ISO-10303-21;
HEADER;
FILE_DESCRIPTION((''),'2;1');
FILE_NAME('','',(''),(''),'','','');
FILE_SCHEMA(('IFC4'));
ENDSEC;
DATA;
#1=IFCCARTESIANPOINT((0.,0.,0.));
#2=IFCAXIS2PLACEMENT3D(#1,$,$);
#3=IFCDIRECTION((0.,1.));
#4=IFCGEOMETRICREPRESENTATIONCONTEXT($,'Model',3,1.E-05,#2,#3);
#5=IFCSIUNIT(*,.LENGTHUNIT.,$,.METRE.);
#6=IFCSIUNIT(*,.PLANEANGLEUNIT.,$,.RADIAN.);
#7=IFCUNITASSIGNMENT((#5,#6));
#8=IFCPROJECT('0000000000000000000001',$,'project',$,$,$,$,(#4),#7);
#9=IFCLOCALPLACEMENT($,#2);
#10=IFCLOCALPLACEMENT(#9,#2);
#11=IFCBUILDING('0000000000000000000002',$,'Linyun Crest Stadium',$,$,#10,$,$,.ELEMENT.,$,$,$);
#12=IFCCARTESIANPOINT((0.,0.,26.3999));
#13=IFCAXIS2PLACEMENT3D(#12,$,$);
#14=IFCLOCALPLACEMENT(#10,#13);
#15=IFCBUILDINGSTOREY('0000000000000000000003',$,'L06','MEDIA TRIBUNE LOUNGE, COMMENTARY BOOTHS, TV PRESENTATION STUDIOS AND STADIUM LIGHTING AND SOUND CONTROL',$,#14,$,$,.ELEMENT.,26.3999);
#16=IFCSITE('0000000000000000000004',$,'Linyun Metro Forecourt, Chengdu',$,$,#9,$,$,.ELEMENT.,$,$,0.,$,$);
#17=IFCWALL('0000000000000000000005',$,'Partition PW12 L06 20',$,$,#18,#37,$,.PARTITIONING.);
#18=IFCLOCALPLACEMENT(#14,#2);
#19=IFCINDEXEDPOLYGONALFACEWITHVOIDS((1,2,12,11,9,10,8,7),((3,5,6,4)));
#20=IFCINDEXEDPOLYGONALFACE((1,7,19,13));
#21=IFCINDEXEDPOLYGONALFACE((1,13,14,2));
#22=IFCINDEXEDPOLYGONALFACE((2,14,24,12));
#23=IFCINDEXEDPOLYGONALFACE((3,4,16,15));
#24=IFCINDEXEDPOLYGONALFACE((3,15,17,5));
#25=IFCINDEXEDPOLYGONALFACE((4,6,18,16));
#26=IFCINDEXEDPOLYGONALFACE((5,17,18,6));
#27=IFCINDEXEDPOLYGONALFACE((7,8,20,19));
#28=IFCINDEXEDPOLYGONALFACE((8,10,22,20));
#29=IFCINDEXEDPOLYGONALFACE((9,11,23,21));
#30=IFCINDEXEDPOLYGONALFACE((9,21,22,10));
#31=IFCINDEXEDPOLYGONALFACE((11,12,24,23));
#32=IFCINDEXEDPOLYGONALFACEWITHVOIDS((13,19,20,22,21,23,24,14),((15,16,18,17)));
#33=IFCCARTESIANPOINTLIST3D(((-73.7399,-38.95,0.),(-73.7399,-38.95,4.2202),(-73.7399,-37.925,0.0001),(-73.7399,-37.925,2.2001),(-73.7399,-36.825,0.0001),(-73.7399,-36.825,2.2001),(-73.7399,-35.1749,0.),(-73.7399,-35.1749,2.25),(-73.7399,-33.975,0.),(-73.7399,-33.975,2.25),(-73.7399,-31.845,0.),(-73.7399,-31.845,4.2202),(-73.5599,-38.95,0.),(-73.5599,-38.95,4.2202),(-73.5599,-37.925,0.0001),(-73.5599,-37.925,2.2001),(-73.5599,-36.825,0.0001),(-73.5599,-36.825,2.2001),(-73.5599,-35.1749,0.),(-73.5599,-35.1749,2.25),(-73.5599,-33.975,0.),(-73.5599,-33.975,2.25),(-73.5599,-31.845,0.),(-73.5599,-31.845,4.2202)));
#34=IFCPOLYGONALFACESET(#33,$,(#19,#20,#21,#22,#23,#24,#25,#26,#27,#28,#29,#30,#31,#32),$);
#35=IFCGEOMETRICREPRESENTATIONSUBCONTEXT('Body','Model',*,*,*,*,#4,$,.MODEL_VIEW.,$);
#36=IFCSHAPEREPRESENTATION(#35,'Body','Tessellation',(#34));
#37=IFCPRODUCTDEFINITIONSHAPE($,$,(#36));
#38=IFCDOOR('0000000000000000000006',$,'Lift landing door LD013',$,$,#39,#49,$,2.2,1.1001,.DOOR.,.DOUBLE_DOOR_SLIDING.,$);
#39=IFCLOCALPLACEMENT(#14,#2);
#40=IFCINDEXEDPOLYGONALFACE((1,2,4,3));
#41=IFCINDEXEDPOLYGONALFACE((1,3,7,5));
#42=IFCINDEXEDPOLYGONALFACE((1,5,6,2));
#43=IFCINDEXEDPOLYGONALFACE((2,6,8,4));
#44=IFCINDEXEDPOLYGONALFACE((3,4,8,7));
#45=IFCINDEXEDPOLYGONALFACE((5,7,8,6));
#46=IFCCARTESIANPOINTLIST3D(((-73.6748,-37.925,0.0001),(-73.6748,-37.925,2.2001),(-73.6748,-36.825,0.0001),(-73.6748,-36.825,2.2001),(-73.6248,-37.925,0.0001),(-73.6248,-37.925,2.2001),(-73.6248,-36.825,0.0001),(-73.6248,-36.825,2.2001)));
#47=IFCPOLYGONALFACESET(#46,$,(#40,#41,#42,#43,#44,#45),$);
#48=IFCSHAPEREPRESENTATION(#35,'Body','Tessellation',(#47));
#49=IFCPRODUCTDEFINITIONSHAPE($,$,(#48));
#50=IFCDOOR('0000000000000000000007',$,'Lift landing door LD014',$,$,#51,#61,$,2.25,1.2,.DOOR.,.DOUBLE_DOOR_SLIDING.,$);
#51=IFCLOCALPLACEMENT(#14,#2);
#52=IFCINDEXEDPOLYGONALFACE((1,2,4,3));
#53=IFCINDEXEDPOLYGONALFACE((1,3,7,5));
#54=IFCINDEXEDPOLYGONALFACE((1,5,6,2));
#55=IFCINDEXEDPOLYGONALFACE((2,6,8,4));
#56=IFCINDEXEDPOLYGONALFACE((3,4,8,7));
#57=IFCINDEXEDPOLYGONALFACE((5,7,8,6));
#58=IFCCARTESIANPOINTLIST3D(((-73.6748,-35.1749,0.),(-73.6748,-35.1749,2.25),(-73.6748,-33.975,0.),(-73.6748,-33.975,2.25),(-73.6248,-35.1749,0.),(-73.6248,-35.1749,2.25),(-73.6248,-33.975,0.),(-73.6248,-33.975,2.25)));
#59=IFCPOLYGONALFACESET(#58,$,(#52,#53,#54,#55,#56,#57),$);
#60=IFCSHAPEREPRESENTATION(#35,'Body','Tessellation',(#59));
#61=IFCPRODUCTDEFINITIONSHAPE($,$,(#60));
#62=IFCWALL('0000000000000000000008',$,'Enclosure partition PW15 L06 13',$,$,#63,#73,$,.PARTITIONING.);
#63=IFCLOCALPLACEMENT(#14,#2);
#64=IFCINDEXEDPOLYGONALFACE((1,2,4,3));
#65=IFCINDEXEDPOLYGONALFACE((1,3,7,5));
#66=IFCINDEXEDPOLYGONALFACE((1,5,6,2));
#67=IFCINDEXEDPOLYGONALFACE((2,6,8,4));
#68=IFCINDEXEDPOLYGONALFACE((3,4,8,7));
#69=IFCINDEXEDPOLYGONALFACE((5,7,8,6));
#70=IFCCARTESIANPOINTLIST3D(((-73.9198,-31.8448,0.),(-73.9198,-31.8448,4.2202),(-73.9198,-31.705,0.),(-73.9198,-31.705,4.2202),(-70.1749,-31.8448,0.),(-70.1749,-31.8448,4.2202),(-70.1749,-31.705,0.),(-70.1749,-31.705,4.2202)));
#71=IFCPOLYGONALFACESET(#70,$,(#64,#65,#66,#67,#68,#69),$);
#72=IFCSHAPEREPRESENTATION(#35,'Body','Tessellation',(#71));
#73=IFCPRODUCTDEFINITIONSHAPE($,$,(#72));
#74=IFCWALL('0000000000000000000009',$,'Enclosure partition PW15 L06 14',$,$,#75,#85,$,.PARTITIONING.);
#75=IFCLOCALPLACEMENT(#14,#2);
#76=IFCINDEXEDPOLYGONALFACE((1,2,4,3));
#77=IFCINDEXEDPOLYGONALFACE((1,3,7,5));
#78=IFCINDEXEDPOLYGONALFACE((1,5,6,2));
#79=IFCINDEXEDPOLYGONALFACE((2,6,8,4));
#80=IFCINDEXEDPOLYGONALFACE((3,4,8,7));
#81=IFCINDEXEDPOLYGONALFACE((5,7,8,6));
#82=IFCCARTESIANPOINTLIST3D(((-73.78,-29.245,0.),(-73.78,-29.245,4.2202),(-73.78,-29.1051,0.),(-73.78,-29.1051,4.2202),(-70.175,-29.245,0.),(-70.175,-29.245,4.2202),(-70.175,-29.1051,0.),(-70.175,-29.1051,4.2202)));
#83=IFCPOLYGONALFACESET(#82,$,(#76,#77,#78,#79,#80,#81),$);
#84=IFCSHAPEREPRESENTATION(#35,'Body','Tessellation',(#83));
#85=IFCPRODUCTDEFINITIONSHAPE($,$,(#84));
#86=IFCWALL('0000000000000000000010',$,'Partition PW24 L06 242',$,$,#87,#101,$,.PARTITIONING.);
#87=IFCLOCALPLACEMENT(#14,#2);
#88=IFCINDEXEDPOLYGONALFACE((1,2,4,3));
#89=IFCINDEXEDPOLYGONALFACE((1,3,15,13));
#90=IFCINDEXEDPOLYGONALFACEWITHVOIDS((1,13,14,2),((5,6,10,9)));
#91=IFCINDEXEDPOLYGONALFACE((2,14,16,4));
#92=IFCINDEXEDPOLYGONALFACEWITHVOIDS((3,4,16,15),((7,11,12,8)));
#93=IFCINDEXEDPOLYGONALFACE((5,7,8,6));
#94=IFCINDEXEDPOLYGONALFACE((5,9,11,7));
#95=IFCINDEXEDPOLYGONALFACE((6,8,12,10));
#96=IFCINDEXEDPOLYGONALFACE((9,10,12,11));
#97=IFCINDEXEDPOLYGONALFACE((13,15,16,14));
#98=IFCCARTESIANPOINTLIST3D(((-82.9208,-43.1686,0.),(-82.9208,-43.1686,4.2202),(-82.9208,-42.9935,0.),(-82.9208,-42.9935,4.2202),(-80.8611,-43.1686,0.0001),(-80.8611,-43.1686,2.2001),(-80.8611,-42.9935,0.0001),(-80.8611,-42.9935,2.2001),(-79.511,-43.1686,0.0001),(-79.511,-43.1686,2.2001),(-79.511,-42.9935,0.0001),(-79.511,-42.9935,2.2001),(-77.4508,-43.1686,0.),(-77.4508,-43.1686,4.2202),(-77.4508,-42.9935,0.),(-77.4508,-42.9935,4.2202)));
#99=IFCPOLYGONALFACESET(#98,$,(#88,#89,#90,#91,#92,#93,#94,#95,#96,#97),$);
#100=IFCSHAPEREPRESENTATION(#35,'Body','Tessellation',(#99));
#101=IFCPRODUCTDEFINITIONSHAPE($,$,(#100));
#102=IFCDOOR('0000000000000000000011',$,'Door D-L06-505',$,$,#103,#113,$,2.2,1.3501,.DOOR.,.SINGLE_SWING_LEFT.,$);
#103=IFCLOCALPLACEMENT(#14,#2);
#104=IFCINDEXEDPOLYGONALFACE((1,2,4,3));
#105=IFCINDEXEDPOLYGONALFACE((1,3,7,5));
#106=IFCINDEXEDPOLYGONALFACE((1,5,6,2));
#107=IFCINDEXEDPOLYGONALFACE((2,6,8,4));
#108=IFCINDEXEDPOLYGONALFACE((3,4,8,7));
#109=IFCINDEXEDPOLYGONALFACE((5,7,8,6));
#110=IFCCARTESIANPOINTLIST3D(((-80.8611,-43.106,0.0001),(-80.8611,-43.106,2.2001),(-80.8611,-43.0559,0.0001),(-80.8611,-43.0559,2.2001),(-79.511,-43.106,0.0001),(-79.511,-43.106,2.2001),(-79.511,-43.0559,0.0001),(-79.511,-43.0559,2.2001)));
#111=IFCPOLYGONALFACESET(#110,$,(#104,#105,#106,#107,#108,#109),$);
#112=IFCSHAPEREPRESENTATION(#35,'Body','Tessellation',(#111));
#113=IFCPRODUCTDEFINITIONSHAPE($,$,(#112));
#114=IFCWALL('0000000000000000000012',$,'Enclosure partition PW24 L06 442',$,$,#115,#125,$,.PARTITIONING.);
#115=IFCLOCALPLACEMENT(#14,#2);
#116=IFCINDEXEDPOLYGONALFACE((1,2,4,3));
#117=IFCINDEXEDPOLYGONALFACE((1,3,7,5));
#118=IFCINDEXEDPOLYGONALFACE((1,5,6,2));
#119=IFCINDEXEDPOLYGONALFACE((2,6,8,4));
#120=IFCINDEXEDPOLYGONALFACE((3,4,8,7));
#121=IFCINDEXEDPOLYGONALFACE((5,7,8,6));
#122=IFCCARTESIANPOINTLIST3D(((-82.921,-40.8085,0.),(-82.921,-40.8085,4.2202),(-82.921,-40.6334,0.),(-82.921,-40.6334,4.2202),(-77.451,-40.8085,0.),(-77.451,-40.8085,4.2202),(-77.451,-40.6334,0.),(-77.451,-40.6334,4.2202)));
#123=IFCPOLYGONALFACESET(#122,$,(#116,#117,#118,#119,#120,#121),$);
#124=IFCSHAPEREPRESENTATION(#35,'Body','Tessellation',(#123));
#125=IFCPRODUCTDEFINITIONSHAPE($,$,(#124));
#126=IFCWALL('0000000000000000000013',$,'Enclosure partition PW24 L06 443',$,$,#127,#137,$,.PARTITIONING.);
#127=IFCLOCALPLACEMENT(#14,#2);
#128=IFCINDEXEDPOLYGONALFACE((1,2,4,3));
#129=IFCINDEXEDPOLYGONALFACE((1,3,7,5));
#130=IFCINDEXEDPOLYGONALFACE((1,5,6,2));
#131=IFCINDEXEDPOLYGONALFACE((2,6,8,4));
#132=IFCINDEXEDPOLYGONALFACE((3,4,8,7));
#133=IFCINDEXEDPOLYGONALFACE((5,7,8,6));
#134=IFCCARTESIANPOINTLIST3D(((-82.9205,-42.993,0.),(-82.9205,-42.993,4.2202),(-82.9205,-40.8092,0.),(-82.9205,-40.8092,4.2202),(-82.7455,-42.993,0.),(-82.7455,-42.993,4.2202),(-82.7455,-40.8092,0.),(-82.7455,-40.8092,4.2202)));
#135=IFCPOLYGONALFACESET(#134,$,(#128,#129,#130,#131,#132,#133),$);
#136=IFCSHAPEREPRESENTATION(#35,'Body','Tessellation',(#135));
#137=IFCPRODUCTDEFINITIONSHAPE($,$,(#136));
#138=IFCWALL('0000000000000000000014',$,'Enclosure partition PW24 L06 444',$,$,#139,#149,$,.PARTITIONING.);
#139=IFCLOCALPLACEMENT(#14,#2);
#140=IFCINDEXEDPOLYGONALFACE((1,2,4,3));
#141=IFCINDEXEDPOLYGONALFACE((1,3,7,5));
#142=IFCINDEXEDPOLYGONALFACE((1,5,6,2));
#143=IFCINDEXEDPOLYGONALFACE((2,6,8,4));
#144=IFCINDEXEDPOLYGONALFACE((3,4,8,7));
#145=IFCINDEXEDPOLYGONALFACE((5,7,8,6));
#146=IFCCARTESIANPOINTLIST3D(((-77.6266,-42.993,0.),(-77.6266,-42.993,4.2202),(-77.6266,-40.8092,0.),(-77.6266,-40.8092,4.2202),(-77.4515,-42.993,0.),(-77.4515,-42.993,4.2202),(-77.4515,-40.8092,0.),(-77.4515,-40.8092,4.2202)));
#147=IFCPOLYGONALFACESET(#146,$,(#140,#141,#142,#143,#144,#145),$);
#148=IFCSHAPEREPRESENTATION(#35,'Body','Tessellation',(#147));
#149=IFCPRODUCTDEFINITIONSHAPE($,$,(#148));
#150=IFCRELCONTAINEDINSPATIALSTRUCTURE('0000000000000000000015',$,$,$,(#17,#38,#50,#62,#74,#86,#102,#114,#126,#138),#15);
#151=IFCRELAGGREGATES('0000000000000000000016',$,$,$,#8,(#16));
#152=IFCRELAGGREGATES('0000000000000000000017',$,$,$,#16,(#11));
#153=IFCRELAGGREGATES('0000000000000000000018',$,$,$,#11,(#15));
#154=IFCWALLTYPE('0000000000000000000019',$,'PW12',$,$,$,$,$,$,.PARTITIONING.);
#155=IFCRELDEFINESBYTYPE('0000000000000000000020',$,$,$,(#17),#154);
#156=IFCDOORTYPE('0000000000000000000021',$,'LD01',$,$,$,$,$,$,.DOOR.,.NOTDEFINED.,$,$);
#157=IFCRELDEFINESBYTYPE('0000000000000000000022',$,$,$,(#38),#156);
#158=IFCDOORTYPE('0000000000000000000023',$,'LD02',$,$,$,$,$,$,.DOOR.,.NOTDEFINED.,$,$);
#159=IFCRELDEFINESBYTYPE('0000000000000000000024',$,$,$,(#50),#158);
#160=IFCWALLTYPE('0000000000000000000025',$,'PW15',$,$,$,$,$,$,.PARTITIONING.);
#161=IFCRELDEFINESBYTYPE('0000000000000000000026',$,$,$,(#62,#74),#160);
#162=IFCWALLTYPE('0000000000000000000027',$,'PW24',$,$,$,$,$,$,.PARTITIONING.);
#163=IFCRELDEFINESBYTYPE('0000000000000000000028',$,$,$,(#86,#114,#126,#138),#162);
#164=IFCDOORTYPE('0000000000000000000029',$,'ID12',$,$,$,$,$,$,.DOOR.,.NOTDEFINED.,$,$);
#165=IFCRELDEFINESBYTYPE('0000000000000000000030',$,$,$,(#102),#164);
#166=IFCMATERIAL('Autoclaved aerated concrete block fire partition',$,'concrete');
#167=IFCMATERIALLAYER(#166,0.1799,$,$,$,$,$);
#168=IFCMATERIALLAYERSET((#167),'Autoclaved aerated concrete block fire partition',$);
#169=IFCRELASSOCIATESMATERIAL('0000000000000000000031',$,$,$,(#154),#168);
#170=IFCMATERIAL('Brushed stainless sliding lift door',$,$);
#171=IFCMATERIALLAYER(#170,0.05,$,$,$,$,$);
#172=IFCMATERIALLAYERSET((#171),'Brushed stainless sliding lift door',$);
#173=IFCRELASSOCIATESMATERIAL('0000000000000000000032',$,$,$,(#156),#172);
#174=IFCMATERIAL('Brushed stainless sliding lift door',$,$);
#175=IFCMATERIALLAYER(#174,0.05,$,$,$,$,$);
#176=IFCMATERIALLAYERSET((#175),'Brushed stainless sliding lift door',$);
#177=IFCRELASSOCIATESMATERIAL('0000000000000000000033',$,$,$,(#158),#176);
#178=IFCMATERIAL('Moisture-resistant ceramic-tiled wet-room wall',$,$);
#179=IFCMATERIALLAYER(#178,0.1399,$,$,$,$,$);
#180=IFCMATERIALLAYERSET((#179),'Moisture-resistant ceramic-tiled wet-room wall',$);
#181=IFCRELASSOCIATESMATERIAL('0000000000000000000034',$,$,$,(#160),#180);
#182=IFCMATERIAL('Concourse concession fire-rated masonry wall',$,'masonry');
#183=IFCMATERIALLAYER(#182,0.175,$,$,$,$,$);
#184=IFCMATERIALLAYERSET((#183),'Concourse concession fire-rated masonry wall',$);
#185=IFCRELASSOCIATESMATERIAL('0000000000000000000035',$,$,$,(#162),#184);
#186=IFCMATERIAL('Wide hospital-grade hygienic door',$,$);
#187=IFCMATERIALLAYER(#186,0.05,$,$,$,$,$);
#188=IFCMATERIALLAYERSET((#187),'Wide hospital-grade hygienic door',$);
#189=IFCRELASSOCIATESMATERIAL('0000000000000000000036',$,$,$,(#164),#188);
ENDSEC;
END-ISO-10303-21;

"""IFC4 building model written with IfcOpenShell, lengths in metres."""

from ifc_helpers import new_model, si_unit, direction, frame, frame_2d, origin, place, context, subcontext, project, spatial, rectangle, extrude, material, layer, layer_set, type_object, element, fill, save


model = new_model("IFC4")

# Units and contexts
model_context = context("Model", 3, precision=1e-05, world=origin(), true_north=direction((0.0, 1.0)))
body_context = subcontext(model_context, "Body", "Model", "MODEL_VIEW")
ifc_project = project(units=[si_unit("LENGTHUNIT", "METRE"), si_unit("PLANEANGLEUNIT", "RADIAN")], contexts=[model_context])

# Site, building, storey
site_placement = place(None, origin())
site = spatial("IfcSite", under=ifc_project, at=site_placement, Name="Linyun Metro Forecourt, Chengdu", CompositionType="ELEMENT", RefElevation=0.0)
building_placement = place(site_placement, origin())
building = spatial("IfcBuilding", under=site, at=building_placement, Name="Linyun Crest Stadium", CompositionType="ELEMENT")
storey_placement = place(building_placement, frame((0.0, 0.0, 26.3999)))
storey = spatial("IfcBuildingStorey", under=building, at=storey_placement, Name="L06", Description="MEDIA TRIBUNE LOUNGE, COMMENTARY BOOTHS, TV PRESENTATION STUDIOS AND STADIUM LIGHTING AND SOUND CONTROL", CompositionType="ELEMENT", Elevation=26.3999)

# Wall, openings, doors
ifc_material_1 = material(Name="Autoclaved aerated concrete block fire partition", Category="concrete")
ifc_layer_1 = layer(ifc_material_1, 0.1799)
ifc_layer_set_1 = layer_set([ifc_layer_1], Name="Autoclaved aerated concrete block fire partition")
wall_type_1 = type_object("IfcWallType", Name="PW12", PredefinedType="PARTITIONING", material=ifc_layer_set_1)
wall_1_placement = place(storey_placement, frame((-73.6499, -38.95, 0.0), z_axis=(0.0, 0.0, 1.0), x_axis=(0.0, 1.0, 0.0)))
wall_1 = element("IfcWall", 1, at=wall_1_placement, inside=storey, type_object=wall_type_1, Name="Partition PW12 L06 20", PredefinedType="PARTITIONING", context=body_context, shape_type="SweptSolid", body=[
    extrude(rectangle(XDim=7.105, YDim=0.1799, at=frame_2d((3.5525, 0.0))), origin(), (0.0, 0.0, 1.0), 4.2202),
])
opening_1_placement = place(wall_1_placement, frame((1.0249, 0.0, 0.0)))
opening_1 = element("IfcOpeningElement", 2, at=opening_1_placement, cuts=wall_1, PredefinedType="OPENING", context=body_context, shape_type="SweptSolid", body=[
    extrude(rectangle(XDim=1.1001, YDim=2.2, at=frame_2d((0.55, 1.1001))), frame((0.0, 0.0999, 0.0), z_axis=(0.0, -1.0, 0.0), x_axis=(1.0, 0.0, 0.0)), (0.0, 0.0, 1.0), 0.2),
])
opening_2_placement = place(wall_1_placement, frame((3.7749, 0.0, 0.0)))
opening_2 = element("IfcOpeningElement", 3, at=opening_2_placement, cuts=wall_1, PredefinedType="OPENING", context=body_context, shape_type="SweptSolid", body=[
    extrude(rectangle(XDim=1.2, YDim=2.25, at=frame_2d((0.6001, 1.125))), frame((0.0, 0.0999, 0.0), z_axis=(0.0, -1.0, 0.0), x_axis=(1.0, 0.0, 0.0)), (0.0, 0.0, 1.0), 0.2),
])
ifc_material_2 = material(Name="Brushed stainless sliding lift door")
ifc_layer_2 = layer(ifc_material_2, 0.05)
ifc_layer_set_2 = layer_set([ifc_layer_2], Name="Brushed stainless sliding lift door")
door_type_1 = type_object("IfcDoorType", Name="LD01", OperationType="NOTDEFINED", PredefinedType="DOOR", material=ifc_layer_set_2)
door_1_placement = place(opening_1_placement, origin())
door_1 = element("IfcDoor", 4, at=door_1_placement, inside=storey, type_object=door_type_1, Name="Lift landing door LD013", OperationType="DOUBLE_DOOR_SLIDING", OverallHeight=2.2, OverallWidth=1.1001, PredefinedType="DOOR", context=body_context, shape_type="SweptSolid", body=[
    extrude(rectangle(XDim=1.1001, YDim=2.2, at=frame_2d((0.55, 1.1001))), frame((0.0, 0.0249, 0.0), z_axis=(0.0, -1.0, 0.0), x_axis=(1.0, 0.0, 0.0)), (0.0, 0.0, 1.0), 0.05),
])
fill(opening_1, door_1)
ifc_material_3 = material(Name="Brushed stainless sliding lift door")
ifc_layer_3 = layer(ifc_material_3, 0.05)
ifc_layer_set_3 = layer_set([ifc_layer_3], Name="Brushed stainless sliding lift door")
door_type_2 = type_object("IfcDoorType", Name="LD02", OperationType="NOTDEFINED", PredefinedType="DOOR", material=ifc_layer_set_3)
door_2_placement = place(opening_2_placement, origin())
door_2 = element("IfcDoor", 5, at=door_2_placement, inside=storey, type_object=door_type_2, Name="Lift landing door LD014", OperationType="DOUBLE_DOOR_SLIDING", OverallHeight=2.25, OverallWidth=1.2, PredefinedType="DOOR", context=body_context, shape_type="SweptSolid", body=[
    extrude(rectangle(XDim=1.2, YDim=2.25, at=frame_2d((0.6001, 1.125))), frame((0.0, 0.0249, 0.0), z_axis=(0.0, -1.0, 0.0), x_axis=(1.0, 0.0, 0.0)), (0.0, 0.0, 1.0), 0.05),
])
fill(opening_2, door_2)
ifc_material_4 = material(Name="Moisture-resistant ceramic-tiled wet-room wall")
ifc_layer_4 = layer(ifc_material_4, 0.1399)
ifc_layer_set_4 = layer_set([ifc_layer_4], Name="Moisture-resistant ceramic-tiled wet-room wall")
wall_type_2 = type_object("IfcWallType", Name="PW15", PredefinedType="PARTITIONING", material=ifc_layer_set_4)

# Walls
wall_2_placement = place(storey_placement, frame((-73.9199, -31.7749, 0.0), z_axis=(0.0, 0.0, 1.0), x_axis=(1.0, 0.0, 0.0)))
element("IfcWall", 6, at=wall_2_placement, inside=storey, type_object=wall_type_2, Name="Enclosure partition PW15 L06 13", PredefinedType="PARTITIONING", context=body_context, shape_type="SweptSolid", body=[
    extrude(rectangle(XDim=3.7449, YDim=0.1399, at=frame_2d((1.8726, 0.0))), origin(), (0.0, 0.0, 1.0), 4.2202),
])
wall_3_placement = place(storey_placement, frame((-73.78, -29.175, 0.0), z_axis=(0.0, 0.0, 1.0), x_axis=(1.0, 0.0, 0.0)))
element("IfcWall", 7, at=wall_3_placement, inside=storey, type_object=wall_type_2, Name="Enclosure partition PW15 L06 14", PredefinedType="PARTITIONING", context=body_context, shape_type="SweptSolid", body=[
    extrude(rectangle(XDim=3.605, YDim=0.1399, at=frame_2d((1.8025, 0.0))), origin(), (0.0, 0.0, 1.0), 4.2202),
])

# Wall, opening, door
ifc_material_5 = material(Name="Concourse concession fire-rated masonry wall", Category="masonry")
ifc_layer_5 = layer(ifc_material_5, 0.175)
ifc_layer_set_5 = layer_set([ifc_layer_5], Name="Concourse concession fire-rated masonry wall")
wall_type_3 = type_object("IfcWallType", Name="PW24", PredefinedType="PARTITIONING", material=ifc_layer_set_5)
wall_4_placement = place(storey_placement, frame((-77.4509, -43.0811, 0.0), z_axis=(0.0, 0.0, 1.0), x_axis=(-1.0, 0.0, 0.0)))
wall_4 = element("IfcWall", 8, at=wall_4_placement, inside=storey, type_object=wall_type_3, Name="Partition PW24 L06 242", PredefinedType="PARTITIONING", context=body_context, shape_type="SweptSolid", body=[
    extrude(rectangle(XDim=5.47, YDim=0.175, at=frame_2d((2.7349, 0.0))), origin(), (0.0, 0.0, 1.0), 4.2202),
])
opening_3_placement = place(wall_4_placement, frame((2.0601, 0.0, 0.0)))
opening_3 = element("IfcOpeningElement", 9, at=opening_3_placement, cuts=wall_4, PredefinedType="OPENING", context=body_context, shape_type="SweptSolid", body=[
    extrude(rectangle(XDim=1.3501, YDim=2.2, at=frame_2d((0.675, 1.1001))), frame((0.0, 0.0974, 0.0), z_axis=(0.0, -1.0, 0.0), x_axis=(1.0, 0.0, 0.0)), (0.0, 0.0, 1.0), 0.1951),
])
ifc_material_6 = material(Name="Wide hospital-grade hygienic door")
ifc_layer_6 = layer(ifc_material_6, 0.05)
ifc_layer_set_6 = layer_set([ifc_layer_6], Name="Wide hospital-grade hygienic door")
door_type_3 = type_object("IfcDoorType", Name="ID12", OperationType="NOTDEFINED", PredefinedType="DOOR", material=ifc_layer_set_6)
door_3_placement = place(opening_3_placement, origin())
door_3 = element("IfcDoor", 10, at=door_3_placement, inside=storey, type_object=door_type_3, Name="Door D-L06-505", OperationType="SINGLE_SWING_LEFT", OverallHeight=2.2, OverallWidth=1.3501, PredefinedType="DOOR", context=body_context, shape_type="SweptSolid", body=[
    extrude(rectangle(XDim=1.3501, YDim=2.2, at=frame_2d((0.675, 1.1001))), frame((0.0, 0.0249, 0.0), z_axis=(0.0, -1.0, 0.0), x_axis=(1.0, 0.0, 0.0)), (0.0, 0.0, 1.0), 0.05),
])
fill(opening_3, door_3)

# Walls
wall_5_placement = place(storey_placement, frame((-82.9209, -40.7209, 0.0), z_axis=(0.0, 0.0, 1.0), x_axis=(1.0, 0.0, 0.0)))
element("IfcWall", 11, at=wall_5_placement, inside=storey, type_object=wall_type_3, Name="Enclosure partition PW24 L06 442", PredefinedType="PARTITIONING", context=body_context, shape_type="SweptSolid", body=[
    extrude(rectangle(XDim=5.47, YDim=0.175, at=frame_2d((2.7349, 0.0))), origin(), (0.0, 0.0, 1.0), 4.2202),
])
for number, where, z_axis, x_axis, name in (
    (12, (-82.833, -42.9929, 0.0), (0.0, 0.0, 1.0), (0.0, 1.0, 0.0), "Enclosure partition PW24 L06 443"),
    (13, (-77.5391, -42.9929, 0.0), (0.0, 0.0, 1.0), (0.0, 1.0, 0.0), "Enclosure partition PW24 L06 444"),
):
    element("IfcWall", number, at=place(storey_placement, frame(where, z_axis=z_axis, x_axis=x_axis)), inside=storey, type_object=wall_type_3, Name=name, PredefinedType="PARTITIONING", context=body_context, shape_type="SweptSolid", body=[
        extrude(rectangle(XDim=2.1838, YDim=0.175, at=frame_2d((1.0918, 0.0))), origin(), (0.0, 0.0, 1.0), 4.2202),
    ])

save(model, "model.ifc")
